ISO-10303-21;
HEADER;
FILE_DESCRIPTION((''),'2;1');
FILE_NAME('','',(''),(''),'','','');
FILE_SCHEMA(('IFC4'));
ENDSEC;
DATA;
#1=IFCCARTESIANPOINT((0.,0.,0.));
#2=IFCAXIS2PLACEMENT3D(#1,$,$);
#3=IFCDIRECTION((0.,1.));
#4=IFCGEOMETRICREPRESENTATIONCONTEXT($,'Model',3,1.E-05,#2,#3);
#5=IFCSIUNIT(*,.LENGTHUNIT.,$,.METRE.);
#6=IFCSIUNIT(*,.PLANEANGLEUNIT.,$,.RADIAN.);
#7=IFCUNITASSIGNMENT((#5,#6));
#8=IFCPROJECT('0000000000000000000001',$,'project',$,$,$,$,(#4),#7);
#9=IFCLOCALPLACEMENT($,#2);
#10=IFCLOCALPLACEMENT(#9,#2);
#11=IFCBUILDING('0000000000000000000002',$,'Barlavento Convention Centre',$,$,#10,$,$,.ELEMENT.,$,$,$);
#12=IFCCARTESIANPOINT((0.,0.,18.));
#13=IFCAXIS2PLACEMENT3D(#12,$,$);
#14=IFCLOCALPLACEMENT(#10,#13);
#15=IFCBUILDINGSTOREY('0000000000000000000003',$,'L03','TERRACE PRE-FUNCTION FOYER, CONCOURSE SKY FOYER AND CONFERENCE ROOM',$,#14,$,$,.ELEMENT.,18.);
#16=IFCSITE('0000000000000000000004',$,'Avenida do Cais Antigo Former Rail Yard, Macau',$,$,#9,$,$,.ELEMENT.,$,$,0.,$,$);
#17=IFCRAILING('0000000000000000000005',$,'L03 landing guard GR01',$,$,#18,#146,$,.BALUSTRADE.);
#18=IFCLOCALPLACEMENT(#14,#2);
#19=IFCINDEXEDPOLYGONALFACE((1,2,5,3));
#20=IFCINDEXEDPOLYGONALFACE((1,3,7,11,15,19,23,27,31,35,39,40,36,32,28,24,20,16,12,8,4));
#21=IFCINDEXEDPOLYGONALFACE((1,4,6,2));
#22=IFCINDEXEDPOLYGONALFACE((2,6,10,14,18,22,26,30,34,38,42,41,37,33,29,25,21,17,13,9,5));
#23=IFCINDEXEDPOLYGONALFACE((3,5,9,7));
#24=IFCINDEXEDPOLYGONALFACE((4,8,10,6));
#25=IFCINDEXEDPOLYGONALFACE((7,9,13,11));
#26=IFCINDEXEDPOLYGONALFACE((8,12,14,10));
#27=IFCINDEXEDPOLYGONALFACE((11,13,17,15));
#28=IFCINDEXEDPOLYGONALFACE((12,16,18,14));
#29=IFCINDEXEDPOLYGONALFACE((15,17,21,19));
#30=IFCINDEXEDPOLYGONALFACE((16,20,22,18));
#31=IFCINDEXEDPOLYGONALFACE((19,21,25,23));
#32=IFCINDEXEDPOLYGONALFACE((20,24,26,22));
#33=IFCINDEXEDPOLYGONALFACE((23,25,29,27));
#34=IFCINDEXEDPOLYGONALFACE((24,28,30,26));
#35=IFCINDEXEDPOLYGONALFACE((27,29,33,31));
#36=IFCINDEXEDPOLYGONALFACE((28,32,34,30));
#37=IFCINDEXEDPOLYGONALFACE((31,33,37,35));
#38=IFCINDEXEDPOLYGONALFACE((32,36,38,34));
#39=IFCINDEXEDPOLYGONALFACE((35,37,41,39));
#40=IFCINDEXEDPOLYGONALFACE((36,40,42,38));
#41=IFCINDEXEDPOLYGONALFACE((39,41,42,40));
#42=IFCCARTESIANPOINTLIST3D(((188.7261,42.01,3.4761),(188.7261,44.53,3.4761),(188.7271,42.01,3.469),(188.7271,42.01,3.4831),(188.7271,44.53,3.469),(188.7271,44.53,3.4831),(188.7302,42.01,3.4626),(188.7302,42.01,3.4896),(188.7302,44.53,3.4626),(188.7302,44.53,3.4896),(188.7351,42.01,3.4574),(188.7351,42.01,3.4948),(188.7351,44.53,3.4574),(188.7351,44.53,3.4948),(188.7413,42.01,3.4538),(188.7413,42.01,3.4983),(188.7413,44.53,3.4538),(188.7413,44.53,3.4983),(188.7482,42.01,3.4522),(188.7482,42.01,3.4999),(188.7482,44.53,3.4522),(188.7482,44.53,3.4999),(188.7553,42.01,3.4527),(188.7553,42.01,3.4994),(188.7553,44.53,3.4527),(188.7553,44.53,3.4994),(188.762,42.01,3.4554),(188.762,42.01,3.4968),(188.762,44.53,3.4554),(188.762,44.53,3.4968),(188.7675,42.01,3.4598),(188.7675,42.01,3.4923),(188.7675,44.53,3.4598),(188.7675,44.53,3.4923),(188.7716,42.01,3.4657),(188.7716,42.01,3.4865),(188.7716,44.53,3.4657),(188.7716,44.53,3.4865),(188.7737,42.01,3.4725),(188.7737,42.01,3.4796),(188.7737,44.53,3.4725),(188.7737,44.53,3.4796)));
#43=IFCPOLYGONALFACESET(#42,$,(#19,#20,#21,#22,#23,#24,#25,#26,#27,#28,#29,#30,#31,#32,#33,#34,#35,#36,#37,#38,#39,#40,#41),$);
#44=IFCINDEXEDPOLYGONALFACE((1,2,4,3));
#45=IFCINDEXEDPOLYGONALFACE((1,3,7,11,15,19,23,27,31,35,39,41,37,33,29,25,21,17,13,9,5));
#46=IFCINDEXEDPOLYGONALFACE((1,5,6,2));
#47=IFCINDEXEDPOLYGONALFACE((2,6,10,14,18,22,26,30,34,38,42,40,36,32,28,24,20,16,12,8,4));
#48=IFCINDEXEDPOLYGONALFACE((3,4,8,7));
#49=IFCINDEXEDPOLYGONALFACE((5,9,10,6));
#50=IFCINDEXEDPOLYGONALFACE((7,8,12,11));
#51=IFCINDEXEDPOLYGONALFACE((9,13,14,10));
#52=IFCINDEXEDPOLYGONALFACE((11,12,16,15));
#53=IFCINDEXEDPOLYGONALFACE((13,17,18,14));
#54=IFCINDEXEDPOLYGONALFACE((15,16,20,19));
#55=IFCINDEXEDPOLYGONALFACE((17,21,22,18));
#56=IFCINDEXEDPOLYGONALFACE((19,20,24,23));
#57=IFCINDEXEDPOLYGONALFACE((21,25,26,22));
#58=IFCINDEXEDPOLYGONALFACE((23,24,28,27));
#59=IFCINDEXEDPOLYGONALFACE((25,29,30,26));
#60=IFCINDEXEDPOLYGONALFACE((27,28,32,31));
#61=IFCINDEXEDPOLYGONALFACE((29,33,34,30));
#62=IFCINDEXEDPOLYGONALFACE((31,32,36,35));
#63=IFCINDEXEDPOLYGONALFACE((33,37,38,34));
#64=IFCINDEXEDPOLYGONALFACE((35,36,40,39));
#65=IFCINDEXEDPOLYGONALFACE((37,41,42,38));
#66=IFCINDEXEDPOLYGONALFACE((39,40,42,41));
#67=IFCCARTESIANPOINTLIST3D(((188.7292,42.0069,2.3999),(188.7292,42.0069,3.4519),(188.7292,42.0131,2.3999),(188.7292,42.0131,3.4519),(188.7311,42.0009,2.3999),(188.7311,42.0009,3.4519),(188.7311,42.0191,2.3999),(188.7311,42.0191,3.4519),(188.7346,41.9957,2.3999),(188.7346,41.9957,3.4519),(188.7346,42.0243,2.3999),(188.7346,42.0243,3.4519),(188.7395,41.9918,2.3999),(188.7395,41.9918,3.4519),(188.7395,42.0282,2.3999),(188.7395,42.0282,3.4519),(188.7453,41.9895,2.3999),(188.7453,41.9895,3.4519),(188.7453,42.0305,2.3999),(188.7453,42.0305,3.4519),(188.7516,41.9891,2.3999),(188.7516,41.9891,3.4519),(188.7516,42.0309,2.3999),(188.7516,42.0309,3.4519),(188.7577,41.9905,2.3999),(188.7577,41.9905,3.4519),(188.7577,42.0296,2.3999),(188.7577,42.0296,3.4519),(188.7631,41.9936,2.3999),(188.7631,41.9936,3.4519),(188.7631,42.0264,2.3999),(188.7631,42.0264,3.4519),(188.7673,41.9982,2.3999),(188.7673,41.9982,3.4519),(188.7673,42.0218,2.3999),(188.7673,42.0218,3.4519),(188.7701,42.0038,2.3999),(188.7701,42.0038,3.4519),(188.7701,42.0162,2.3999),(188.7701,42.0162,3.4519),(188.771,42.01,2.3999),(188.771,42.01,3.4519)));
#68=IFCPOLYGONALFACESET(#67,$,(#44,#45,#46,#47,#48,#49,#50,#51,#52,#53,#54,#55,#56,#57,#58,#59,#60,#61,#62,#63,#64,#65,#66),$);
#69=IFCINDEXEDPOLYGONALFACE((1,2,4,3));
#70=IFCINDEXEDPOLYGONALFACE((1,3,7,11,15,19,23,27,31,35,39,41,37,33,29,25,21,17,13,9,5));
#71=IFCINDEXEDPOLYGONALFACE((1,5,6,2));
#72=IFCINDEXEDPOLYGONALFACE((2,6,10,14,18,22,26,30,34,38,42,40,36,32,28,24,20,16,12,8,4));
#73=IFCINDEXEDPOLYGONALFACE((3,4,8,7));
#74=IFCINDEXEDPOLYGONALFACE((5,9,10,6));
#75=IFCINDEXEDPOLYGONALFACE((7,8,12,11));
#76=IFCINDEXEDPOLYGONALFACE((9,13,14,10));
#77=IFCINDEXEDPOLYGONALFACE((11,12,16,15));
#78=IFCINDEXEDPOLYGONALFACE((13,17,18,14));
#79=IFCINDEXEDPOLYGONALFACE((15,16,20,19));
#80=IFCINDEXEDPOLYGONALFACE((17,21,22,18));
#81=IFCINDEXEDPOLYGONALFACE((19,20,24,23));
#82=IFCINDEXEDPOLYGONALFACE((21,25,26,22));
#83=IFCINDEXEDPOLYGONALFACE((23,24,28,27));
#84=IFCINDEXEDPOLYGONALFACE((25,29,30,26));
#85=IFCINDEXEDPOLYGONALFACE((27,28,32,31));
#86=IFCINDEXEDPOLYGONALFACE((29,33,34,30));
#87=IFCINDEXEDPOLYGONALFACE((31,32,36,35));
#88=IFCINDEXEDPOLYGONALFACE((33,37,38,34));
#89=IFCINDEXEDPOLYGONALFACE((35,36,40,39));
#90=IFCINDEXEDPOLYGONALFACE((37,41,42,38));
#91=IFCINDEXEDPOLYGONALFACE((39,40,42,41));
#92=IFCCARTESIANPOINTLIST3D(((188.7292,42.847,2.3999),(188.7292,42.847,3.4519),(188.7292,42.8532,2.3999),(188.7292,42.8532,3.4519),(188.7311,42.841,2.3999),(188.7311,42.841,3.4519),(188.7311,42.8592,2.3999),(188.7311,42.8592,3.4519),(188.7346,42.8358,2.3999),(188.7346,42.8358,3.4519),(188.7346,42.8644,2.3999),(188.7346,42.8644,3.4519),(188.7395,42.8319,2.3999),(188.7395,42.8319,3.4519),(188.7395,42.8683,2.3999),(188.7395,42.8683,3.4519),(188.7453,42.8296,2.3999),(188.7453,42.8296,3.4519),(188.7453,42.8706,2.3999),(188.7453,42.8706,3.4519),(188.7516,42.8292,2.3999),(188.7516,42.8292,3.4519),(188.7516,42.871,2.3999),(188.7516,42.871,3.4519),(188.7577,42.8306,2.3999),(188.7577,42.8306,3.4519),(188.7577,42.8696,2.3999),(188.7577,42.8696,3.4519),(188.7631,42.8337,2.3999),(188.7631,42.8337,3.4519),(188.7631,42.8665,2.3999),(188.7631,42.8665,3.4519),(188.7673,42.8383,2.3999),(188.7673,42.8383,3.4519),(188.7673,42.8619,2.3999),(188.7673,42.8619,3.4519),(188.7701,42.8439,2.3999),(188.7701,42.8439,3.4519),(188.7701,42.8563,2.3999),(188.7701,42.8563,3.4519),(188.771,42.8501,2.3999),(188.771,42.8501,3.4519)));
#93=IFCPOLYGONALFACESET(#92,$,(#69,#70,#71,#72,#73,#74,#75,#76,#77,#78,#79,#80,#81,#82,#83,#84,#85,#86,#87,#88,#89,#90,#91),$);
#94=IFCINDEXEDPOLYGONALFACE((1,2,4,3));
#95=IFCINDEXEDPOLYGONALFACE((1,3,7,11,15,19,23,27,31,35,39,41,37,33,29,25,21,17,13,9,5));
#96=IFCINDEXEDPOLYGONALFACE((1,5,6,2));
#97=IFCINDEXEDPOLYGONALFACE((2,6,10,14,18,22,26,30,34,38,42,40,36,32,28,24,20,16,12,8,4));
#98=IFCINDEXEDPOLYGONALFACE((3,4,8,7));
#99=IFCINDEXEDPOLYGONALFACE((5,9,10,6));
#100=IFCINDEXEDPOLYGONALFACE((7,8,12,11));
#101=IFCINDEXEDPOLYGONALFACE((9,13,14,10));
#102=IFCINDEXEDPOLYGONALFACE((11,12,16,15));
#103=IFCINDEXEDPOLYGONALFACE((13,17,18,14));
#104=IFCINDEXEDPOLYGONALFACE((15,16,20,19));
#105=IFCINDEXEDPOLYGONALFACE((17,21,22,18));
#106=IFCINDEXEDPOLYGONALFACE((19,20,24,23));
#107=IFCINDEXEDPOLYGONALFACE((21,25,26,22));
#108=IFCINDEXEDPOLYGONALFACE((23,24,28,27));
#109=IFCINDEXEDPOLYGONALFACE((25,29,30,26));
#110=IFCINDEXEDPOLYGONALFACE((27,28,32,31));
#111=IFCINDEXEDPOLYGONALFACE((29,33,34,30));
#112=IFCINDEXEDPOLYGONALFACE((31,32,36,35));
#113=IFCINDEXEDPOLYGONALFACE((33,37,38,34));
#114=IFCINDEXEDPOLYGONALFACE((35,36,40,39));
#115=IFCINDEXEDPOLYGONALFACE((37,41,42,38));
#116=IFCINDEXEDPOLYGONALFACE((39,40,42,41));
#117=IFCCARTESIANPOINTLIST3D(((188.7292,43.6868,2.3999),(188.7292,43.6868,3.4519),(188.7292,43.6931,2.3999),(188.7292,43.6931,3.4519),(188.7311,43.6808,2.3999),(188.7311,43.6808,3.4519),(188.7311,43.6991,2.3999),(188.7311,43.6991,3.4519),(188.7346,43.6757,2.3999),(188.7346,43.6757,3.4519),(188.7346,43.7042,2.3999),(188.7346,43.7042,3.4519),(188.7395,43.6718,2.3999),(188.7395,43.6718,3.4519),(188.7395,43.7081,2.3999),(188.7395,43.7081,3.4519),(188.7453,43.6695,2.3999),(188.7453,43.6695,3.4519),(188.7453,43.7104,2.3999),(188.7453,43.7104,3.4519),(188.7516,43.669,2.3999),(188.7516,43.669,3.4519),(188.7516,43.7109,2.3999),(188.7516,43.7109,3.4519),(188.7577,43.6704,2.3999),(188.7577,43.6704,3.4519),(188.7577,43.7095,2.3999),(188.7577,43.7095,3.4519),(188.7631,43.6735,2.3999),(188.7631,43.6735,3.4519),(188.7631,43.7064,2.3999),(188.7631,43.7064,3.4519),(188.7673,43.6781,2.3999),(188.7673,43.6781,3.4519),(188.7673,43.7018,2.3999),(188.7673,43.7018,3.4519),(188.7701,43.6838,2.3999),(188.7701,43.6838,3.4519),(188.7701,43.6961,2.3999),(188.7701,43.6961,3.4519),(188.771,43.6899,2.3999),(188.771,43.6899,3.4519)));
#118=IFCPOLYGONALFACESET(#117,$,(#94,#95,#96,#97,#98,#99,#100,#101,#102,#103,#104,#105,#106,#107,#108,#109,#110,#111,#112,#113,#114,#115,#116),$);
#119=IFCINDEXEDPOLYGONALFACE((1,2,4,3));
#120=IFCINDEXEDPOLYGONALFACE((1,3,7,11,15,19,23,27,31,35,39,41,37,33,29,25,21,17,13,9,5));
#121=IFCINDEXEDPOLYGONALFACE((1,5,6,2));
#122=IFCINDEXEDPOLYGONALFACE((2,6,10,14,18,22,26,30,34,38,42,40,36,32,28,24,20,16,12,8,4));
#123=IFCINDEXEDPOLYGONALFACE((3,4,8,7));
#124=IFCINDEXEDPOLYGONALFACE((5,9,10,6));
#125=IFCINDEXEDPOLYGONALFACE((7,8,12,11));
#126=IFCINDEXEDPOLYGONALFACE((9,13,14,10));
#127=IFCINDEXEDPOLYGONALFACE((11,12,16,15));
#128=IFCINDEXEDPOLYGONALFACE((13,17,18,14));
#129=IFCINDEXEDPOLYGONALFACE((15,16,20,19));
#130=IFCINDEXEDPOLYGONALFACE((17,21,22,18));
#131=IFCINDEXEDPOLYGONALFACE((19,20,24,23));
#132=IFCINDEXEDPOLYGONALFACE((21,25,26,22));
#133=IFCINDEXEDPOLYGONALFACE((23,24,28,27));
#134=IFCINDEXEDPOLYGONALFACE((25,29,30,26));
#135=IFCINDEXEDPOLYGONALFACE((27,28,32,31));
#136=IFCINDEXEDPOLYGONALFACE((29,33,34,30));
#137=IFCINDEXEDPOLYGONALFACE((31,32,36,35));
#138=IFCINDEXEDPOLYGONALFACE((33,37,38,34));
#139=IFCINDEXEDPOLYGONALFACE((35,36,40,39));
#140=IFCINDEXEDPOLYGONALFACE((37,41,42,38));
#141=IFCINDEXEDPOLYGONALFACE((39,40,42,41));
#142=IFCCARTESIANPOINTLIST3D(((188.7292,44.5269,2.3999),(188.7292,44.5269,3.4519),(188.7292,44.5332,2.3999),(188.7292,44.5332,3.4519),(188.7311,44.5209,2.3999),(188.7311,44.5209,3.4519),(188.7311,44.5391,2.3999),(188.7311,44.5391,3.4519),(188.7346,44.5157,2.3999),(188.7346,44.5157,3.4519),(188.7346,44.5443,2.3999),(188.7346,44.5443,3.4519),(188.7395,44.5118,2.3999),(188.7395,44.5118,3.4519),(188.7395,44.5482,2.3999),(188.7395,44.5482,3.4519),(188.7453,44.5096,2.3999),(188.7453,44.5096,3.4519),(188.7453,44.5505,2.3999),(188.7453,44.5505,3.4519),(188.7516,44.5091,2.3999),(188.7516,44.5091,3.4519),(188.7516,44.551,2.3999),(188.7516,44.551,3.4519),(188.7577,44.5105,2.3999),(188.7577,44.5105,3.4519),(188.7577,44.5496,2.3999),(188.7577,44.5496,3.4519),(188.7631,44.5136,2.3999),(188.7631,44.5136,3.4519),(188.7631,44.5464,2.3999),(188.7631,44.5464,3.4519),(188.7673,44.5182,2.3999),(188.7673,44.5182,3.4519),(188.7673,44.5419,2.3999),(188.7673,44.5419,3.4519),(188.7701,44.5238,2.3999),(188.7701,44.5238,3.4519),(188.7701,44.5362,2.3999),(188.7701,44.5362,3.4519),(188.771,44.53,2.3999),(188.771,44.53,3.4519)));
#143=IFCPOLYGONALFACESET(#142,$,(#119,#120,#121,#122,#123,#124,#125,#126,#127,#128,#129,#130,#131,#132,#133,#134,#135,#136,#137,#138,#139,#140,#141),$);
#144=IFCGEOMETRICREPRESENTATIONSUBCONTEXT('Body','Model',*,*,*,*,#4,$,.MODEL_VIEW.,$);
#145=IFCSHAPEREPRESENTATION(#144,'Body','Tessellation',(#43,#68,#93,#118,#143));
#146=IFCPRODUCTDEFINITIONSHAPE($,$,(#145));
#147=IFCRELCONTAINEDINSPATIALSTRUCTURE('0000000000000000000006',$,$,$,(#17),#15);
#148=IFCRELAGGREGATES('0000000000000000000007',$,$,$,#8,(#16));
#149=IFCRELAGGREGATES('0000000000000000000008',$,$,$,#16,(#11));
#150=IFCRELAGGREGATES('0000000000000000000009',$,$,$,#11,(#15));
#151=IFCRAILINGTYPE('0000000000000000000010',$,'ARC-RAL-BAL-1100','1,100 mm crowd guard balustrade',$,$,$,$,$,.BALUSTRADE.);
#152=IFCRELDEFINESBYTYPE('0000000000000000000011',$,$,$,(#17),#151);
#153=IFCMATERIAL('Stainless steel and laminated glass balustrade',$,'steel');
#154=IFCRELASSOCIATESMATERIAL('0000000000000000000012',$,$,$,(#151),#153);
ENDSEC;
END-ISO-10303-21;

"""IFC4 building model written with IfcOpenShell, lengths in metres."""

from ifc_helpers import new_model, si_unit, direction, frame, origin, origin_2d, place, context, subcontext, project, spatial, circle, extrude, material, type_object, element, save


model = new_model("IFC4")

# Units and contexts
model_context = context("Model", 3, precision=1e-05, world=origin(), true_north=direction((0.0, 1.0)))
body_context = subcontext(model_context, "Body", "Model", "MODEL_VIEW")
ifc_project = project(units=[si_unit("LENGTHUNIT", "METRE"), si_unit("PLANEANGLEUNIT", "RADIAN")], contexts=[model_context])

# Site, building, storey
site_placement = place(None, origin())
site = spatial("IfcSite", under=ifc_project, at=site_placement, Name="Avenida do Cais Antigo Former Rail Yard, Macau", CompositionType="ELEMENT", RefElevation=0.0)
building_placement = place(site_placement, origin())
building = spatial("IfcBuilding", under=site, at=building_placement, Name="Barlavento Convention Centre", CompositionType="ELEMENT")
storey_placement = place(building_placement, frame((0.0, 0.0, 18.0)))
storey = spatial("IfcBuildingStorey", under=building, at=storey_placement, Name="L03", Description="TERRACE PRE-FUNCTION FOYER, CONCOURSE SKY FOYER AND CONFERENCE ROOM", CompositionType="ELEMENT", Elevation=18.0)

# Railing
ifc_material_1 = material(Name="Stainless steel and laminated glass balustrade", Category="steel")
railing_type_1 = type_object("IfcRailingType", Name="ARC-RAL-BAL-1100", Description="1,100 mm crowd guard balustrade", PredefinedType="BALUSTRADE", material=ifc_material_1)
for number, where, name in (
    (1, (188.75, 42.01, 2.3999), "L03 landing guard GR01"),
):
    element("IfcRailing", number, at=place(storey_placement, frame(where)), inside=storey, type_object=railing_type_1, Name=name, PredefinedType="BALUSTRADE", context=body_context, shape_type="SweptSolid", body=[
        extrude(circle(Radius=0.0239, at=origin_2d()), frame((0.0, 0.0, 1.0762), z_axis=(0.0, 1.0, 0.0), x_axis=(-1.0, 0.0, 0.0)), (0.0, 0.0, 1.0), 2.52),
        extrude(circle(Radius=0.021, at=origin_2d()), origin(), (0.0, 0.0, 1.0), 1.052),
        extrude(circle(Radius=0.021, at=origin_2d()), frame((0.0, 0.8401, 0.0)), (0.0, 0.0, 1.0), 1.052),
        extrude(circle(Radius=0.021, at=origin_2d()), frame((0.0, 1.6799, 0.0)), (0.0, 0.0, 1.0), 1.052),
        extrude(circle(Radius=0.021, at=origin_2d()), frame((0.0, 2.52, 0.0)), (0.0, 0.0, 1.0), 1.052),
    ])

save(model, "model.ifc")
